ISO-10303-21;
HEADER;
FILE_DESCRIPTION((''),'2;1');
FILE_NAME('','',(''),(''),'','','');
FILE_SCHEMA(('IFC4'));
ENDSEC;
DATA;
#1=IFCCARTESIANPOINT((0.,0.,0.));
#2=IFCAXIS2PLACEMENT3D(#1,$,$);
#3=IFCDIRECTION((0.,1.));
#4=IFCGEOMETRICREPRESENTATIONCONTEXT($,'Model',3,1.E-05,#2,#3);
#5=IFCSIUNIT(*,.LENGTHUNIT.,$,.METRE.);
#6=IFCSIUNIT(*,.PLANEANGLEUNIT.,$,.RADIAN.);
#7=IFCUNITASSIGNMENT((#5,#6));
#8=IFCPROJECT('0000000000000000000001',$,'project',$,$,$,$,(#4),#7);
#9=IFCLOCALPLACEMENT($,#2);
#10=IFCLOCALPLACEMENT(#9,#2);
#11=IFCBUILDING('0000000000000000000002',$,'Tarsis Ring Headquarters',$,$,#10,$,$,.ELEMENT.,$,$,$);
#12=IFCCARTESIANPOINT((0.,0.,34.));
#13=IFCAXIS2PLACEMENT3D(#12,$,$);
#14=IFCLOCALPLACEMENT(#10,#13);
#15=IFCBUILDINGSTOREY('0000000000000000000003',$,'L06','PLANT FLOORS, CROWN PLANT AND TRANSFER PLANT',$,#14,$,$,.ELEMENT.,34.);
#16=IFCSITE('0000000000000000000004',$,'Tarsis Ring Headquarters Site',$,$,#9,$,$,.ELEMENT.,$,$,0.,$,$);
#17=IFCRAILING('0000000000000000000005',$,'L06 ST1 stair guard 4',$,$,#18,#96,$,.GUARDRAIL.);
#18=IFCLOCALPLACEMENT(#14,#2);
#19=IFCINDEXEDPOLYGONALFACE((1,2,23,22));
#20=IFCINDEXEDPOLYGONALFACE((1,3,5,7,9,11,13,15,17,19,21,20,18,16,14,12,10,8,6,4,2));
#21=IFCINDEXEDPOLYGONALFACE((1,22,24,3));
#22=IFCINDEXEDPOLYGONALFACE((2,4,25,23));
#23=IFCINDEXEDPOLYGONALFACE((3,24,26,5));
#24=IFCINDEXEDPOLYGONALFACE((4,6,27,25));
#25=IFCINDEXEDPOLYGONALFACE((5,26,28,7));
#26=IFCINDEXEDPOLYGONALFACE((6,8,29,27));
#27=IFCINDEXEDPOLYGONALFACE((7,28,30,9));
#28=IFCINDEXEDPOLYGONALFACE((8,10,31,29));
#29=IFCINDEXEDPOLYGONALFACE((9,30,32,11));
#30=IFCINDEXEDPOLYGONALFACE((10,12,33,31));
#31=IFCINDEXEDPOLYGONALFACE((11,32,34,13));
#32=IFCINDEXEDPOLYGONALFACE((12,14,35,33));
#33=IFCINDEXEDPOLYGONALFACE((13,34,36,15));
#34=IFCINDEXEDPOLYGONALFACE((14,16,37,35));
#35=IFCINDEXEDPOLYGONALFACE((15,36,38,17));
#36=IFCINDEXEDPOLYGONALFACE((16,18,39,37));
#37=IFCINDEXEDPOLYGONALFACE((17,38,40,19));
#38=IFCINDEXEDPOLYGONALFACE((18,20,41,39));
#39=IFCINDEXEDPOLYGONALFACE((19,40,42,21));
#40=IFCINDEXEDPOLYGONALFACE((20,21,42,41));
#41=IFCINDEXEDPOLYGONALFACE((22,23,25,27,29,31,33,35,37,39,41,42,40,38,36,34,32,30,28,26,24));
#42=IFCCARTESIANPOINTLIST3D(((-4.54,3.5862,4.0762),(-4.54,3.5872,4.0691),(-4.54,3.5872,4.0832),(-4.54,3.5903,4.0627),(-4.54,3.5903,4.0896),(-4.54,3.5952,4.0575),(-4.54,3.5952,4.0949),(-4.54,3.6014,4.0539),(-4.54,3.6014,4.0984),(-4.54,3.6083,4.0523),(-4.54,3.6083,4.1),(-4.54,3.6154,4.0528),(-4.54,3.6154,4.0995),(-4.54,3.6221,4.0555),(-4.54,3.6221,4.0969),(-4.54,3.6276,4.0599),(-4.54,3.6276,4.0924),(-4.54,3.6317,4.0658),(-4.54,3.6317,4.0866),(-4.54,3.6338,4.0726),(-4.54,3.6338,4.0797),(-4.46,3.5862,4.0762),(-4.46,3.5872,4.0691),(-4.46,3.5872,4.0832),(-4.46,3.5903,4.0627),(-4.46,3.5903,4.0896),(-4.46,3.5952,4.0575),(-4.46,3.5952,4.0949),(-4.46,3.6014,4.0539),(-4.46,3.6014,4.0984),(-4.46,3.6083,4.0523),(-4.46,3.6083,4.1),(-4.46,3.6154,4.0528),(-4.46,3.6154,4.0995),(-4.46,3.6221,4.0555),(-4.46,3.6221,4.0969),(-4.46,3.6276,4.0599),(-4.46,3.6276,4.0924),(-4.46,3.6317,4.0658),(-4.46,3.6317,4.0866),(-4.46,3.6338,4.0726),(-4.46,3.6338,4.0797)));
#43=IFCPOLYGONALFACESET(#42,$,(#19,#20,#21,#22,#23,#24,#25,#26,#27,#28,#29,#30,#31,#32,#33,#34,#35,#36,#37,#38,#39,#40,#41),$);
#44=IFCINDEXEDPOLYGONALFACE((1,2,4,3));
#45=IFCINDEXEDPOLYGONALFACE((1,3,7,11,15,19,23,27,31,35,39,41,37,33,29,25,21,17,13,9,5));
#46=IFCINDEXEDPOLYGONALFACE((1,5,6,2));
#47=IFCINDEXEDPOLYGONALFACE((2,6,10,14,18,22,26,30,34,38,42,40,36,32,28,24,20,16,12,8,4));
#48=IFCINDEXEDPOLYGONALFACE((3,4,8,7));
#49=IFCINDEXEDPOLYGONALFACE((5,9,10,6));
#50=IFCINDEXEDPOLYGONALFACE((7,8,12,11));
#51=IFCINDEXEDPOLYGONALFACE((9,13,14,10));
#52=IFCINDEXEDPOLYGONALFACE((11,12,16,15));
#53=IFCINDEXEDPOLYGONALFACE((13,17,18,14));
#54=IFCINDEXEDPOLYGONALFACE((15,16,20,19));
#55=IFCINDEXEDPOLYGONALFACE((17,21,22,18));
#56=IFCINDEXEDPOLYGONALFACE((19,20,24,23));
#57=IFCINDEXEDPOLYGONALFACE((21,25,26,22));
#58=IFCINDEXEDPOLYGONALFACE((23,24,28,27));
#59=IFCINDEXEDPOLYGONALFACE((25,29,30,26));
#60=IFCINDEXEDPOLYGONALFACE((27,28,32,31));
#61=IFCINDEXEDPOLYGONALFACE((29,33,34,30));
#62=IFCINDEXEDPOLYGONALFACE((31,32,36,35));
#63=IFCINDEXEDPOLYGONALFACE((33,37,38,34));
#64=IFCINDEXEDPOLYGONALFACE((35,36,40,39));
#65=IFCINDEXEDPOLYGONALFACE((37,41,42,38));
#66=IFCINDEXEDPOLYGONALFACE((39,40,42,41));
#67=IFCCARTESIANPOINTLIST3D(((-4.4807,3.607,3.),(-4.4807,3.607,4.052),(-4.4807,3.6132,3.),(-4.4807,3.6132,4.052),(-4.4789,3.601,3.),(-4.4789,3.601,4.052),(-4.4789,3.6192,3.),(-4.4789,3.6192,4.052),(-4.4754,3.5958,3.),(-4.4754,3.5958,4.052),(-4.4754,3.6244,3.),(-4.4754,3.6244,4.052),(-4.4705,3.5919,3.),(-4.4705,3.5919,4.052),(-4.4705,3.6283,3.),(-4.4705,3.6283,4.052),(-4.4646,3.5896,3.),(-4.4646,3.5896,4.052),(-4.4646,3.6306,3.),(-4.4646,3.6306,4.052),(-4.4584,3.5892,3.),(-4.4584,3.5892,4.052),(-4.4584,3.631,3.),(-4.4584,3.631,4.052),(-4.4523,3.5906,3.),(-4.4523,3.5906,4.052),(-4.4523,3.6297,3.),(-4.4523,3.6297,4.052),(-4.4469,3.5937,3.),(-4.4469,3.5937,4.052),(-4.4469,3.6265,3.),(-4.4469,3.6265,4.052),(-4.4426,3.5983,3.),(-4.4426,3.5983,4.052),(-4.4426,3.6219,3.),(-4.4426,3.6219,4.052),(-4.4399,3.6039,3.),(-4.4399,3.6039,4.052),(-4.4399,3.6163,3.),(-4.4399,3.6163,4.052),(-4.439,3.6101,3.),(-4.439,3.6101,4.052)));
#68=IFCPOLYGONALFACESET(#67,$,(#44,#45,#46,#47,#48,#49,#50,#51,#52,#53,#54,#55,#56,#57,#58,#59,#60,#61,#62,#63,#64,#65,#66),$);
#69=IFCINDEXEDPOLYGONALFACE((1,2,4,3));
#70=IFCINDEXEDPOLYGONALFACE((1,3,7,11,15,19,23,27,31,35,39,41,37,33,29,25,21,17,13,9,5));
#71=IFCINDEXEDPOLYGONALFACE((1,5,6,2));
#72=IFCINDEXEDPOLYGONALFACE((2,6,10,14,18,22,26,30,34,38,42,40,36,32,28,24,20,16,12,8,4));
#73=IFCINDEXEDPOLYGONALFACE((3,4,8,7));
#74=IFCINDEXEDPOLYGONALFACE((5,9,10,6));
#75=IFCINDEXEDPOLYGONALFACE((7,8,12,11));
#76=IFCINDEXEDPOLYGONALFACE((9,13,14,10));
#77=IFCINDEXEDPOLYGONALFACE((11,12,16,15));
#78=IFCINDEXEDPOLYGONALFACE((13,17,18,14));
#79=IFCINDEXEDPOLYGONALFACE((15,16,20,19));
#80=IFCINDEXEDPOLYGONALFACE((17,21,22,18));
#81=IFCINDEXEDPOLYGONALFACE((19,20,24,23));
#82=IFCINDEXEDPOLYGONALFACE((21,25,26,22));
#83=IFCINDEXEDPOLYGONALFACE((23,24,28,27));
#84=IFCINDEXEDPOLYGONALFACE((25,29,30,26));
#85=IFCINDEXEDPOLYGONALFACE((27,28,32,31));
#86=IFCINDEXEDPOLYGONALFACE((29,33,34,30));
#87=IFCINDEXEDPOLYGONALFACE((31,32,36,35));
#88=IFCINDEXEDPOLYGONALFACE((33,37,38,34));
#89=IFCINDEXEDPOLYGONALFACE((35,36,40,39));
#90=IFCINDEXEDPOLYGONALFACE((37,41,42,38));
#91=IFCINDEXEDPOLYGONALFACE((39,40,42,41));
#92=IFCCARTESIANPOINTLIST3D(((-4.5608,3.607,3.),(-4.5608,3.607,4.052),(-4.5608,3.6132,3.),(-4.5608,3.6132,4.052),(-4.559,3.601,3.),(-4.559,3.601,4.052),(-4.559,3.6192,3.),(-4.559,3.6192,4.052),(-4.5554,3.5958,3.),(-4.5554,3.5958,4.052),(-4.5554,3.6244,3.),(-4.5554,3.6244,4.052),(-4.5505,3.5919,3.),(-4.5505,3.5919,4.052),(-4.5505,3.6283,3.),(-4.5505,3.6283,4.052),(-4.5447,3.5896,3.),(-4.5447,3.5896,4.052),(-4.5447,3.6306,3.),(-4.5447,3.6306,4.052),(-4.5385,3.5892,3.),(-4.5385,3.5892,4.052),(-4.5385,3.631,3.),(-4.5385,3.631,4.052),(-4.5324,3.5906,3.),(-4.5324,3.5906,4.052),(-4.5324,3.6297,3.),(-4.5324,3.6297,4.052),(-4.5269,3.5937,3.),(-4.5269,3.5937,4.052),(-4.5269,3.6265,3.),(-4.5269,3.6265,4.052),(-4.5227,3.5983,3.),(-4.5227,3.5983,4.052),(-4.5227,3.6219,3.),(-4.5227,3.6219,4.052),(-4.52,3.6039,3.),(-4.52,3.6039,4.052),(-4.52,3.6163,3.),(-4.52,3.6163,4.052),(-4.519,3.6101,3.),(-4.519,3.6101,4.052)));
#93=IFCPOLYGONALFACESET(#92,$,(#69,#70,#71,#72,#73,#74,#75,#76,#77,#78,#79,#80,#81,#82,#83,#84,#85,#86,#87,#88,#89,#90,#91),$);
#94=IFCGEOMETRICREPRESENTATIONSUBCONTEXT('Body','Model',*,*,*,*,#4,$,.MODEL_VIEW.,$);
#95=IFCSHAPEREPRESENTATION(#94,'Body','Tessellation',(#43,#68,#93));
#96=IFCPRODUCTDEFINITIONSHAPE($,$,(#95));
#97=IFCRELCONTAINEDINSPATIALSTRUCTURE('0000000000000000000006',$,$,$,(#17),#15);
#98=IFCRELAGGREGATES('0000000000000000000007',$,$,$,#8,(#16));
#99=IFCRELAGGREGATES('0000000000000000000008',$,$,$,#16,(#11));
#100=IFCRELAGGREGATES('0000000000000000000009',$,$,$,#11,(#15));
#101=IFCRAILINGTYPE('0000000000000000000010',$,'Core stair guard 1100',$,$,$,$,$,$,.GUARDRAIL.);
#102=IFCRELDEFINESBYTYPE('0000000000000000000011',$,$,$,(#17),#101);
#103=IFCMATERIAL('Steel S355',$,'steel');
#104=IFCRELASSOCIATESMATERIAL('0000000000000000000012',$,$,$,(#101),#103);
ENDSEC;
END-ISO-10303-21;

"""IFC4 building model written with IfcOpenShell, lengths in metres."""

from ifc_helpers import new_model, si_unit, direction, frame, origin, origin_2d, place, context, subcontext, project, spatial, circle, extrude, material, type_object, element, save


model = new_model("IFC4")

# Units and contexts
model_context = context("Model", 3, precision=1e-05, world=origin(), true_north=direction((0.0, 1.0)))
body_context = subcontext(model_context, "Body", "Model", "MODEL_VIEW")
ifc_project = project(units=[si_unit("LENGTHUNIT", "METRE"), si_unit("PLANEANGLEUNIT", "RADIAN")], contexts=[model_context])

# Site, building, storey
site_placement = place(None, origin())
site = spatial("IfcSite", under=ifc_project, at=site_placement, Name="Tarsis Ring Headquarters Site", CompositionType="ELEMENT", RefElevation=0.0)
building_placement = place(site_placement, origin())
building = spatial("IfcBuilding", under=site, at=building_placement, Name="Tarsis Ring Headquarters", CompositionType="ELEMENT")
storey_placement = place(building_placement, frame((0.0, 0.0, 34.0)))
storey = spatial("IfcBuildingStorey", under=building, at=storey_placement, Name="L06", Description="PLANT FLOORS, CROWN PLANT AND TRANSFER PLANT", CompositionType="ELEMENT", Elevation=34.0)

# Shared definitions
ifc_material_1 = material(Name="Steel S355", Category="steel")

# Railing
railing_type_1 = type_object("IfcRailingType", Name="Core stair guard 1100", PredefinedType="GUARDRAIL", material=ifc_material_1)
railing_1_placement = place(storey_placement, frame((-4.46, 3.6101, 3.0)))
element("IfcRailing", 1, at=railing_1_placement, inside=storey, type_object=railing_type_1, Name="L06 ST1 stair guard 4", PredefinedType="GUARDRAIL", context=body_context, shape_type="SweptSolid", body=[
    extrude(circle(Radius=0.0239, at=origin_2d()), frame((0.0, 0.0, 1.0762), z_axis=(-1.0, 0.0, 0.0), x_axis=(0.0, -1.0, 0.0)), (0.0, 0.0, 1.0), 0.0801),
    extrude(circle(Radius=0.021, at=origin_2d()), origin(), (0.0, 0.0, 1.0), 1.052),
    extrude(circle(Radius=0.021, at=origin_2d()), frame((-0.0801, 0.0, 0.0)), (0.0, 0.0, 1.0), 1.052),
])

save(model, "model.ifc")
